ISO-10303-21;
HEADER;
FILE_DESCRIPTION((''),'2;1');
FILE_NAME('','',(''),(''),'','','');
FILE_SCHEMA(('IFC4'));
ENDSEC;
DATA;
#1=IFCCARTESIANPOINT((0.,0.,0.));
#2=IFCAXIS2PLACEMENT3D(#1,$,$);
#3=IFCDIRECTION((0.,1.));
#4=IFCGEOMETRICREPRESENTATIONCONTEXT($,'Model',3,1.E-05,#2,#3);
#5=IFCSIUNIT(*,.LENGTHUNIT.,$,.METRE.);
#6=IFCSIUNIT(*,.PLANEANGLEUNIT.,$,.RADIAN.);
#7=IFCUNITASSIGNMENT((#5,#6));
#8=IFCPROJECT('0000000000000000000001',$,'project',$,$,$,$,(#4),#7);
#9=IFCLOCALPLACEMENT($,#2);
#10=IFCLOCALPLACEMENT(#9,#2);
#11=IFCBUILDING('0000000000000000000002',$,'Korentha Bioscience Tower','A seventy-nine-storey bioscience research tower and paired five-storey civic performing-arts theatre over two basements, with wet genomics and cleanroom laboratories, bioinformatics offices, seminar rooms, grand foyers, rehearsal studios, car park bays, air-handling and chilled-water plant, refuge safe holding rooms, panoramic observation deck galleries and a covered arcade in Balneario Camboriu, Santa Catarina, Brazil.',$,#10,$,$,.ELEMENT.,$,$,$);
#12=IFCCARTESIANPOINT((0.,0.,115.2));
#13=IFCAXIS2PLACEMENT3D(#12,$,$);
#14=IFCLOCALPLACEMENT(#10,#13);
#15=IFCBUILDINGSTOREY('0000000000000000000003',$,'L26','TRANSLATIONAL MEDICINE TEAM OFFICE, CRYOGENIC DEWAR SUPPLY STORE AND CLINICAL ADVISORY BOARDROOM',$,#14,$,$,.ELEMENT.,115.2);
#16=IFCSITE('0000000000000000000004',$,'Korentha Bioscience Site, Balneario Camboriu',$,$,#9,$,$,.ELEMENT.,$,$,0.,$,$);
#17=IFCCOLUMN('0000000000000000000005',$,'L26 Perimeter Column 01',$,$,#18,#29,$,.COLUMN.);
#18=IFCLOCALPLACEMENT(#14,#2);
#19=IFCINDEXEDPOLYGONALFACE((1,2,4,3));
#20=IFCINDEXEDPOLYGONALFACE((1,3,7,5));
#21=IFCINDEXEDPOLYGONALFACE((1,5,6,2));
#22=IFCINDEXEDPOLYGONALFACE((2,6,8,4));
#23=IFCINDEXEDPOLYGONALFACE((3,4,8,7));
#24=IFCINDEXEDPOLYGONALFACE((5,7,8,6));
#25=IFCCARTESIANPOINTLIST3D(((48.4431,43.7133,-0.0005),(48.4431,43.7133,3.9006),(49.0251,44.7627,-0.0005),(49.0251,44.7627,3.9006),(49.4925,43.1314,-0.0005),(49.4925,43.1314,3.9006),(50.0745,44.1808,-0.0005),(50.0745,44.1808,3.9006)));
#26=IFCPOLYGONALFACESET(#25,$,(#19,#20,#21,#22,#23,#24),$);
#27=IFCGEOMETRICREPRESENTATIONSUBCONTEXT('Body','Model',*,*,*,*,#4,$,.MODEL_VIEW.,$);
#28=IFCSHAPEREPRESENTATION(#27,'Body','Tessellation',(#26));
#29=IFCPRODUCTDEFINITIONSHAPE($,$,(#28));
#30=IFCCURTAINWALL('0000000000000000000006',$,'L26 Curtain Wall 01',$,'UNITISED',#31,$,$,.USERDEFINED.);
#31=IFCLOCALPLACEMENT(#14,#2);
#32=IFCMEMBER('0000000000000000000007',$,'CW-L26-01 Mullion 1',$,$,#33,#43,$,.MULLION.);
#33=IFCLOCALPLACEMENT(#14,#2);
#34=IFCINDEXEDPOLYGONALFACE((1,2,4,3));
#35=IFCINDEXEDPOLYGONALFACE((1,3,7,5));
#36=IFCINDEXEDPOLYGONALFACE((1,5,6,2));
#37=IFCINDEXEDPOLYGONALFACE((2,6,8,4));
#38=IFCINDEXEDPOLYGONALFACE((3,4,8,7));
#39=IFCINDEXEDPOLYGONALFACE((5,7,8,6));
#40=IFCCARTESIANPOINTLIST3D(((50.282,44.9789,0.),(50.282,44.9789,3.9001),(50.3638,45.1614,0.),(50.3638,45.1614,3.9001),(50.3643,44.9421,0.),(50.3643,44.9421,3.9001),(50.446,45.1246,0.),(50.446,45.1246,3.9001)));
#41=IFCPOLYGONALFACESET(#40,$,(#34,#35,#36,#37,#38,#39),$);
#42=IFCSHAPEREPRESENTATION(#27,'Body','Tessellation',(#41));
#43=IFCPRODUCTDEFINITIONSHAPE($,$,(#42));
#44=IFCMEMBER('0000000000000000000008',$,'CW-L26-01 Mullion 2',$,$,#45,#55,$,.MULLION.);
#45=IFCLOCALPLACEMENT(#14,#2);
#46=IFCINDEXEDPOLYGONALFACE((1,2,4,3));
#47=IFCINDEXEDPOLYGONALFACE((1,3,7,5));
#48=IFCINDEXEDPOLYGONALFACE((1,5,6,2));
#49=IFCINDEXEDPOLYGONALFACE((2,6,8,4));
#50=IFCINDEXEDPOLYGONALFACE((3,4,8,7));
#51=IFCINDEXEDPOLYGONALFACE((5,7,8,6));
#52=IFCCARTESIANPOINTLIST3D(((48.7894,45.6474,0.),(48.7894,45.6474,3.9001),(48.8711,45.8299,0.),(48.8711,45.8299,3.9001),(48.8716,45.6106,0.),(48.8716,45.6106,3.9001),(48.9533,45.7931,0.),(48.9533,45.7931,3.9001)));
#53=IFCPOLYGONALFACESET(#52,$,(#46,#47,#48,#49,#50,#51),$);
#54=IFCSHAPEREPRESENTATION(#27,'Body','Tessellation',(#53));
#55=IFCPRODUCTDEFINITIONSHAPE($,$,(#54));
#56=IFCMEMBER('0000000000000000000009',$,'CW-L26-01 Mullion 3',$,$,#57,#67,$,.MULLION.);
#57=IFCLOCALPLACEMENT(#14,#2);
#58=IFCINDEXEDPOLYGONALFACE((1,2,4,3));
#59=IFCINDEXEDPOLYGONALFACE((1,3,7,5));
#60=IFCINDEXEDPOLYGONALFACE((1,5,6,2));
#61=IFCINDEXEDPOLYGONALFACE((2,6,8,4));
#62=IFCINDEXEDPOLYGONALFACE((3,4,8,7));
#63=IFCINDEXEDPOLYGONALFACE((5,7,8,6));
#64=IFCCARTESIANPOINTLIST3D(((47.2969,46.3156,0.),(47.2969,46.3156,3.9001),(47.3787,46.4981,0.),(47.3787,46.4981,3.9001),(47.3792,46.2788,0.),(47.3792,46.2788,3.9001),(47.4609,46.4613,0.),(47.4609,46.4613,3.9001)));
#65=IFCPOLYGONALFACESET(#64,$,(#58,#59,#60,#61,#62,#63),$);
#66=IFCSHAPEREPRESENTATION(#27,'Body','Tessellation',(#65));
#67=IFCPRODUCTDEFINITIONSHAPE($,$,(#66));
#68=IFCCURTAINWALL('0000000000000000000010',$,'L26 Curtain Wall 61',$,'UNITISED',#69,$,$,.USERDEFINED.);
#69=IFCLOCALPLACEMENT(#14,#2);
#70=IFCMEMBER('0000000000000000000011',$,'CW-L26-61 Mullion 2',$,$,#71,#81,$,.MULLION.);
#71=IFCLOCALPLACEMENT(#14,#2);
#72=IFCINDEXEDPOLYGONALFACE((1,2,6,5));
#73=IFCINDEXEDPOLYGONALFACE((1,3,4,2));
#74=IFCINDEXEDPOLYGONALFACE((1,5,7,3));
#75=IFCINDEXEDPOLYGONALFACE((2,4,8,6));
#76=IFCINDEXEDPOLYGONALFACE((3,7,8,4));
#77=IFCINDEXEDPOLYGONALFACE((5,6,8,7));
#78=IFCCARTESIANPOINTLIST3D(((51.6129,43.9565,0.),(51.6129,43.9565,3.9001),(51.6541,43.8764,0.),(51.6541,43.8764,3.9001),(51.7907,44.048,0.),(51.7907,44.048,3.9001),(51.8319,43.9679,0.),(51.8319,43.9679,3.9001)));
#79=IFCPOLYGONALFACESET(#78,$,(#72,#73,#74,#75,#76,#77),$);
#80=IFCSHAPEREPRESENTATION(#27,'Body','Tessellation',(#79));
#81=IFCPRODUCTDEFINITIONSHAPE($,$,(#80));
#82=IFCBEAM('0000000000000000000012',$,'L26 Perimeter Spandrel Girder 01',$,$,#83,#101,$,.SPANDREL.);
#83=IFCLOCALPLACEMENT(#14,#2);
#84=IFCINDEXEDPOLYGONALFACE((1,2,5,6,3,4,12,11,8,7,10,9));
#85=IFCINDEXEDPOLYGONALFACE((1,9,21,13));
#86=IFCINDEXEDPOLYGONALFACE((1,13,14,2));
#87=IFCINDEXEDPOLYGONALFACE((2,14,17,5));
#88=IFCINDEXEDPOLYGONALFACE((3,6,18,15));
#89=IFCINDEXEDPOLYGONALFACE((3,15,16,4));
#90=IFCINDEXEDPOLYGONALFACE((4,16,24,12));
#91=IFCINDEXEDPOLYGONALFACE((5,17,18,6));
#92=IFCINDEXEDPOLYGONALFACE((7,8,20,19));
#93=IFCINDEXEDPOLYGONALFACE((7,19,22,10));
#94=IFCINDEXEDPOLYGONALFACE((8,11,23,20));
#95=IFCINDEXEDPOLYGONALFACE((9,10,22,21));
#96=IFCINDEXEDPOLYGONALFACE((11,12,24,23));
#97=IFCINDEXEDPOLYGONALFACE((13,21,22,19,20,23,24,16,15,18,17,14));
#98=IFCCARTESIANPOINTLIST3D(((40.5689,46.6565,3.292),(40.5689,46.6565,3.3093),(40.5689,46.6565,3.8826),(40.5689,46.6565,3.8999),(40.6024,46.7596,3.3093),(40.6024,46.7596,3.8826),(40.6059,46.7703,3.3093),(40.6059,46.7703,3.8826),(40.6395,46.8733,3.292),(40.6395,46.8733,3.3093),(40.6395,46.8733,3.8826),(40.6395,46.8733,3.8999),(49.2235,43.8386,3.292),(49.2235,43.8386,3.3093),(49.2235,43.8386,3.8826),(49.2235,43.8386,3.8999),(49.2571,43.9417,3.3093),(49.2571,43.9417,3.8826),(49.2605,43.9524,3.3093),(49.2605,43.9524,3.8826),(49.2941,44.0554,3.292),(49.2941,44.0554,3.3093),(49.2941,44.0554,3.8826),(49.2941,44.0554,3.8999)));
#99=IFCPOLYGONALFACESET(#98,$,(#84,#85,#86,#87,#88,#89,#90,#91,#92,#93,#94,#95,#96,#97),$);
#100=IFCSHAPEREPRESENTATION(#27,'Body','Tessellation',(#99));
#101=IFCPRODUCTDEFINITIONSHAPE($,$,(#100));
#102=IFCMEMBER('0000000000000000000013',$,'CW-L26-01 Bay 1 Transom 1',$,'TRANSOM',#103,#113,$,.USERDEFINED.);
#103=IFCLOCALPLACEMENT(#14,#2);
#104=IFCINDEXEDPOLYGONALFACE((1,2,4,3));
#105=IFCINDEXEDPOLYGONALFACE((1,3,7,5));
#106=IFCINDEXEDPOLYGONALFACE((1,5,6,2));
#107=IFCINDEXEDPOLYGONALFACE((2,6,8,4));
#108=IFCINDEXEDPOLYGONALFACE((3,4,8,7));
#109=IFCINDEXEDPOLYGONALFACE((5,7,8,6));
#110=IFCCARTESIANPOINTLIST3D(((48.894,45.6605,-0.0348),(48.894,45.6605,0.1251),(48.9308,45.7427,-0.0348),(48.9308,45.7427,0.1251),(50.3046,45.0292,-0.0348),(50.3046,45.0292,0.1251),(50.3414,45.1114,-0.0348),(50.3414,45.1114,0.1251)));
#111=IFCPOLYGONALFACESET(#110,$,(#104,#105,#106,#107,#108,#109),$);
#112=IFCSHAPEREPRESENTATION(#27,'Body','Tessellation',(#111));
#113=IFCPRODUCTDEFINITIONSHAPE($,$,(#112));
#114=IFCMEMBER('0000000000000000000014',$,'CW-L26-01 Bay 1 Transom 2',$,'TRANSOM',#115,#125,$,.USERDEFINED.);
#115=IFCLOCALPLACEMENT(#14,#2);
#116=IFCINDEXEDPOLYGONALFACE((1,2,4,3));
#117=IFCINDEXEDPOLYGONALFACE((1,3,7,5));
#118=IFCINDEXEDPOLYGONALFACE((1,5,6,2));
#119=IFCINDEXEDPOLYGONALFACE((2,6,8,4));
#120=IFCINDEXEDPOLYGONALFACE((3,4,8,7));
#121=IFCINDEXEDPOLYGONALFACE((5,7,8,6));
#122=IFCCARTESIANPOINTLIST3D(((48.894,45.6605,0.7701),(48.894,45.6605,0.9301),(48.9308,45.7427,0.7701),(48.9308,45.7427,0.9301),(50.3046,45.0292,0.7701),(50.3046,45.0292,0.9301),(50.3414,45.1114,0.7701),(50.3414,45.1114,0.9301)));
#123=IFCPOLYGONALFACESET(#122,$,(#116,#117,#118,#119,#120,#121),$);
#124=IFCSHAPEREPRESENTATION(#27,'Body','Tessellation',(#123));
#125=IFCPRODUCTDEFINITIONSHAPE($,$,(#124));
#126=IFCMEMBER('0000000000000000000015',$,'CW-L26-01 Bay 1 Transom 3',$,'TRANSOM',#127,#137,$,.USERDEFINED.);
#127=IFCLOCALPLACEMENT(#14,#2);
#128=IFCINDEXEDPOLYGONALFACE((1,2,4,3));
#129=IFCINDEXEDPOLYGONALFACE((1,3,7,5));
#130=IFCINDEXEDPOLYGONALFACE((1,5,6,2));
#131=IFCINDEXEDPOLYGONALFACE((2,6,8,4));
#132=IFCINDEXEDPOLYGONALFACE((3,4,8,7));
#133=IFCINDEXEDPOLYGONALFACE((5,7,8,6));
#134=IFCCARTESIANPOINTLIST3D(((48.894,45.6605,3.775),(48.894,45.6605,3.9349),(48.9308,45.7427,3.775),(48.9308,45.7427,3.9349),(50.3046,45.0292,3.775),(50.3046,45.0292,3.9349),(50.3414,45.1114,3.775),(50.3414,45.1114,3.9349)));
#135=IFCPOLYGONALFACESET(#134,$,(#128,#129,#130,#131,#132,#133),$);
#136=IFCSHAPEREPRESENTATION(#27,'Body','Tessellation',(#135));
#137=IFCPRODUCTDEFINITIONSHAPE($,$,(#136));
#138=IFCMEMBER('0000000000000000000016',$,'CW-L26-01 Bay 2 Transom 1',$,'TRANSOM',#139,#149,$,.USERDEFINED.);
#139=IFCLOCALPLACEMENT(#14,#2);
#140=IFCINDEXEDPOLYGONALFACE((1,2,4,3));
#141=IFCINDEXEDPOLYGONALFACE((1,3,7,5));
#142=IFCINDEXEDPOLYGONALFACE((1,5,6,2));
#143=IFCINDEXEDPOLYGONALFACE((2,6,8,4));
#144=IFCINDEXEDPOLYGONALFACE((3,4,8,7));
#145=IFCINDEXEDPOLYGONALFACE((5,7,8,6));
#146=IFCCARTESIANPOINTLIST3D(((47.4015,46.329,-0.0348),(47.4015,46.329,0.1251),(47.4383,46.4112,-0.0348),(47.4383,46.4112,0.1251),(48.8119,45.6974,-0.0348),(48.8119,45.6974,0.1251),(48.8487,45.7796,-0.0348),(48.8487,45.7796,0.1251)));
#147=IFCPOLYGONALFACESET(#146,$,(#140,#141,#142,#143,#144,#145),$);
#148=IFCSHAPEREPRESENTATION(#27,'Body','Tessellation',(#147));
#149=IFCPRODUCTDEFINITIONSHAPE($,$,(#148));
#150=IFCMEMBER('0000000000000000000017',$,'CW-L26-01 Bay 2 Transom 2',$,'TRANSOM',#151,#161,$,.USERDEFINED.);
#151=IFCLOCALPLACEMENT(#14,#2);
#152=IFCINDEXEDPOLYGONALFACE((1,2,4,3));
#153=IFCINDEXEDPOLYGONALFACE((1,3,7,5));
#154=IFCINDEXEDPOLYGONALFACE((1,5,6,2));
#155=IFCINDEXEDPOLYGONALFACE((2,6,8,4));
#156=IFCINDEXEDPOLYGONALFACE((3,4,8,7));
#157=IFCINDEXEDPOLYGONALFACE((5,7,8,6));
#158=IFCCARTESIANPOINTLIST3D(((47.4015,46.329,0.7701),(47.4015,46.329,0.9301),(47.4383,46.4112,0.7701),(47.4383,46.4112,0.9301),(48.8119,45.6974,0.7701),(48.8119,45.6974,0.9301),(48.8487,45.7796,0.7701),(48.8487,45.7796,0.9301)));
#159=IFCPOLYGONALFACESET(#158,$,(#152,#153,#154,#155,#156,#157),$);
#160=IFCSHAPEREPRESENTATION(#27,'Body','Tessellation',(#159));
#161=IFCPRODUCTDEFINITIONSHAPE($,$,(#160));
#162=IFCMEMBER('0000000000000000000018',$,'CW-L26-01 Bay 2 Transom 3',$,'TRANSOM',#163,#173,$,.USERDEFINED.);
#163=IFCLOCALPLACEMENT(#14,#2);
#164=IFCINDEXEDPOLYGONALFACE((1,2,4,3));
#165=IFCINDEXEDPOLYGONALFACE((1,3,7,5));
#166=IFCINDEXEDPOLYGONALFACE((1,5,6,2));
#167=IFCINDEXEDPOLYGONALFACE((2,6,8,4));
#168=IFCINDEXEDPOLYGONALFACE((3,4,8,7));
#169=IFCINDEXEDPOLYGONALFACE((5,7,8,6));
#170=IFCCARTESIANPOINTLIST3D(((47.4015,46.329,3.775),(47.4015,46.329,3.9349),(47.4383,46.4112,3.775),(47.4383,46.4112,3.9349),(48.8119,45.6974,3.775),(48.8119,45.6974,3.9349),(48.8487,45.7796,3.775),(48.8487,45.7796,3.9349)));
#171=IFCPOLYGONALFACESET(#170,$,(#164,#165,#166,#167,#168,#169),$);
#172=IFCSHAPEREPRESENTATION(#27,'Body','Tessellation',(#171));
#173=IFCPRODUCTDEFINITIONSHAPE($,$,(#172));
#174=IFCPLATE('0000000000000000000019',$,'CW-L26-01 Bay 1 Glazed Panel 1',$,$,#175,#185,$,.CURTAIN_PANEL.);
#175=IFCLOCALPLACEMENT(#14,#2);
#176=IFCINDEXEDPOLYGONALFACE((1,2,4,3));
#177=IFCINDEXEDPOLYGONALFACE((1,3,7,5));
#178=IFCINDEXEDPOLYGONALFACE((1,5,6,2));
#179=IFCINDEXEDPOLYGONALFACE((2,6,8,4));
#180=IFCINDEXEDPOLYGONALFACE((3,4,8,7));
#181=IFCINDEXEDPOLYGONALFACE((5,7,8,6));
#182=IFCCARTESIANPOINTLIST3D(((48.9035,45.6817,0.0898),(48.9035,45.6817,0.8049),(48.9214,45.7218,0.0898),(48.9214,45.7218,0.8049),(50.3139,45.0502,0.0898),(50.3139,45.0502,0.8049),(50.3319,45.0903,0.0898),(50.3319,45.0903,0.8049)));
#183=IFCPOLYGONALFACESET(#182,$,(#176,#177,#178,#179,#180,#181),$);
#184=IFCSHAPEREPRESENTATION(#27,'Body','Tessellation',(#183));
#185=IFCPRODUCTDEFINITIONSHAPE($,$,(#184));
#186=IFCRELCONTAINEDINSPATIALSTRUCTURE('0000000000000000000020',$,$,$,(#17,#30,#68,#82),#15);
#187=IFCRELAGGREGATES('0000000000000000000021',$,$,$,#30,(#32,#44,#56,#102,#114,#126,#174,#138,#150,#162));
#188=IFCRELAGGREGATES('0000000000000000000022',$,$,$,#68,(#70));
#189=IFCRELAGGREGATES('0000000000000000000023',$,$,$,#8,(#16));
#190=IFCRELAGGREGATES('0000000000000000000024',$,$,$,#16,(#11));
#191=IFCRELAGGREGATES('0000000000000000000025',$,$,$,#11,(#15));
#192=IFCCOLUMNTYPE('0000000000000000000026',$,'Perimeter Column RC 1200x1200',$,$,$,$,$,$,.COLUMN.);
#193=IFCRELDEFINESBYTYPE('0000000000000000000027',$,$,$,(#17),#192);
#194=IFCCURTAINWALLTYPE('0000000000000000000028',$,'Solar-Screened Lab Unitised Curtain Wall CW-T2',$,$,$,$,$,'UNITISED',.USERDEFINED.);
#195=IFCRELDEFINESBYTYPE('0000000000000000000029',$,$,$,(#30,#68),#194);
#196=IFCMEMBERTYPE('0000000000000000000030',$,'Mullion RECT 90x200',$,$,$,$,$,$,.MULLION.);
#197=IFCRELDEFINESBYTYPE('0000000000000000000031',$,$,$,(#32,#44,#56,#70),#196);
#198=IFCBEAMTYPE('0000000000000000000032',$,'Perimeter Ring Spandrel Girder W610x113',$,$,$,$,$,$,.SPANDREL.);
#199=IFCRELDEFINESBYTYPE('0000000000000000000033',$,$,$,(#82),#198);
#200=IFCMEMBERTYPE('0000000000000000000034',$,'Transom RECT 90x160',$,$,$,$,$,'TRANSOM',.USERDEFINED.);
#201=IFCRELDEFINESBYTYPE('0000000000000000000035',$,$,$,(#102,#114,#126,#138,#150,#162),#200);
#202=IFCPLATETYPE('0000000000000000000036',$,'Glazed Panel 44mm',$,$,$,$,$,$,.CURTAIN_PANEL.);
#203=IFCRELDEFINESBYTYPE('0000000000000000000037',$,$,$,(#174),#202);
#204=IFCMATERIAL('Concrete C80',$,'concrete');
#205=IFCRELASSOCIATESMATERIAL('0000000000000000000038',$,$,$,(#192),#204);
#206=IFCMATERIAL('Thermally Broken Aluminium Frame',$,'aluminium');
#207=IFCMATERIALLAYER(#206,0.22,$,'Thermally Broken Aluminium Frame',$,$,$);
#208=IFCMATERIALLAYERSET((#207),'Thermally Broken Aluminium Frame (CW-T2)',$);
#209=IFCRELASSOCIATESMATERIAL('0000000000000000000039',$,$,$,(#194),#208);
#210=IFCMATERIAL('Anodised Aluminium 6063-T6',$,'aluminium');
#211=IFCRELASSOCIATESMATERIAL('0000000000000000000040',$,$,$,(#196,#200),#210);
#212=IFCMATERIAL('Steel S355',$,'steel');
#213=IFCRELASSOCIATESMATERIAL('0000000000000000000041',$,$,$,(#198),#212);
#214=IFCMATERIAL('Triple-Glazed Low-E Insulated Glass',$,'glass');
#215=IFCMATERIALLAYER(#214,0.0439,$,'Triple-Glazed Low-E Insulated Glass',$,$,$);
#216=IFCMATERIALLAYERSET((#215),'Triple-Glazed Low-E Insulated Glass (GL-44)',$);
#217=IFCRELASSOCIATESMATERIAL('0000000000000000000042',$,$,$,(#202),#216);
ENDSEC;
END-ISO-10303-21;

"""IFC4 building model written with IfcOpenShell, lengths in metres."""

from ifc_helpers import new_model, si_unit, direction, frame, origin, origin_2d, place, context, subcontext, project, spatial, rectangle, i_section, extrude, material, layer, layer_set, material_profile, profile_set, type_object, element, aggregate, save


model = new_model("IFC4")

# Units and contexts
model_context = context("Model", 3, precision=1e-05, world=origin(), true_north=direction((0.0, 1.0)))
body_context = subcontext(model_context, "Body", "Model", "MODEL_VIEW")
ifc_project = project(units=[si_unit("LENGTHUNIT", "METRE"), si_unit("PLANEANGLEUNIT", "RADIAN")], contexts=[model_context])

# Site, building, storey
site_placement = place(None, origin())
site = spatial("IfcSite", under=ifc_project, at=site_placement, Name="Korentha Bioscience Site, Balneario Camboriu", CompositionType="ELEMENT", RefElevation=0.0)
building_placement = place(site_placement, origin())
building = spatial("IfcBuilding", under=site, at=building_placement, Name="Korentha Bioscience Tower", Description="A seventy-nine-storey bioscience research tower and paired five-storey civic performing-arts theatre over two basements, with wet genomics and cleanroom laboratories, bioinformatics offices, seminar rooms, grand foyers, rehearsal studios, car park bays, air-handling and chilled-water plant, refuge safe holding rooms, panoramic observation deck galleries and a covered arcade in Balneario Camboriu, Santa Catarina, Brazil.", CompositionType="ELEMENT")
storey_placement = place(building_placement, frame((0.0, 0.0, 115.2)))
storey = spatial("IfcBuildingStorey", under=building, at=storey_placement, Name="L26", Description="TRANSLATIONAL MEDICINE TEAM OFFICE, CRYOGENIC DEWAR SUPPLY STORE AND CLINICAL ADVISORY BOARDROOM", CompositionType="ELEMENT", Elevation=115.2)

# Column
ifc_material_1 = material(Name="Concrete C80", Category="concrete")
ifc_material_profile_1 = material_profile(ifc_material_1, rectangle(XDim=1.2, YDim=1.2, at=origin_2d()), Name="Concrete C80")
ifc_profile_set_1 = profile_set([ifc_material_profile_1], Name="Concrete C80 (COL-P12)")
column_type = type_object("IfcColumnType", Name="Perimeter Column RC 1200x1200", PredefinedType="COLUMN", material=ifc_profile_set_1)
column_placement = place(storey_placement, frame((49.2588, 43.947, -0.0005), z_axis=(0.0, 0.0, 1.0), x_axis=(-0.874535, 0.484962, 0.0)))
element("IfcColumn", 1, at=column_placement, inside=storey, type_object=column_type, Name="L26 Perimeter Column 01", PredefinedType="COLUMN", context=body_context, shape_type="SweptSolid", body=[
    extrude(rectangle(XDim=1.2, YDim=1.2, at=origin_2d()), origin(), (0.0, 0.0, 1.0), 3.9011),
])

# Curtain wall, members
ifc_material_2 = material(Name="Thermally Broken Aluminium Frame", Category="aluminium")
ifc_layer_1 = layer(ifc_material_2, 0.22, Name="Thermally Broken Aluminium Frame")
ifc_layer_set_1 = layer_set([ifc_layer_1], Name="Thermally Broken Aluminium Frame (CW-T2)")
curtain_wall_type = type_object("IfcCurtainWallType", Name="Solar-Screened Lab Unitised Curtain Wall CW-T2", ElementType="UNITISED", PredefinedType="USERDEFINED", material=ifc_layer_set_1)
curtain_wall_1_placement = place(storey_placement, origin())
curtain_wall_1 = element("IfcCurtainWall", 2, at=curtain_wall_1_placement, inside=storey, type_object=curtain_wall_type, Name="L26 Curtain Wall 01", ObjectType="UNITISED", PredefinedType="USERDEFINED")
ifc_material_3 = material(Name="Anodised Aluminium 6063-T6", Category="aluminium")
ifc_material_profile_2 = material_profile(ifc_material_3, rectangle(XDim=0.0901, YDim=0.2, at=origin_2d()), Name="Anodised Aluminium 6063-T6")
ifc_profile_set_2 = profile_set([ifc_material_profile_2], Name="Anodised Aluminium 6063-T6 (CW-MUL)")
member_type_1 = type_object("IfcMemberType", Name="Mullion RECT 90x200", PredefinedType="MULLION", material=ifc_profile_set_2)
member_1_placement = place(storey_placement, frame((50.364, 45.0518, 0.0), z_axis=(0.0, 0.0, 1.0), x_axis=(-0.912687, 0.40866, 0.0)))
member_1 = element("IfcMember", 3, at=member_1_placement, type_object=member_type_1, Name="CW-L26-01 Mullion 1", PredefinedType="MULLION", context=body_context, shape_type="SweptSolid", body=[
    extrude(rectangle(XDim=0.0901, YDim=0.2, at=origin_2d()), origin(), (0.0, 0.0, 1.0), 3.9001),
])
member_2_placement = place(storey_placement, frame((48.8713, 45.7202, 0.0), z_axis=(0.0, 0.0, 1.0), x_axis=(-0.912687, 0.40866, 0.0)))
member_2 = element("IfcMember", 4, at=member_2_placement, type_object=member_type_1, Name="CW-L26-01 Mullion 2", PredefinedType="MULLION", context=body_context, shape_type="SweptSolid", body=[
    extrude(rectangle(XDim=0.0901, YDim=0.2, at=origin_2d()), origin(), (0.0, 0.0, 1.0), 3.9001),
])
member_3_placement = place(storey_placement, frame((47.3789, 46.3884, 0.0), z_axis=(0.0, 0.0, 1.0), x_axis=(-0.912687, 0.40866, 0.0)))
member_3 = element("IfcMember", 5, at=member_3_placement, type_object=member_type_1, Name="CW-L26-01 Mullion 3", PredefinedType="MULLION", context=body_context, shape_type="SweptSolid", body=[
    extrude(rectangle(XDim=0.0901, YDim=0.2, at=origin_2d()), origin(), (0.0, 0.0, 1.0), 3.9001),
])

# Curtain wall, member
curtain_wall_2_placement = place(storey_placement, origin())
curtain_wall_2 = element("IfcCurtainWall", 6, at=curtain_wall_2_placement, inside=storey, type_object=curtain_wall_type, Name="L26 Curtain Wall 61", ObjectType="UNITISED", PredefinedType="USERDEFINED")
member_4_placement = place(storey_placement, frame((51.7224, 43.9622, 0.0), z_axis=(0.0, 0.0, 1.0), x_axis=(-0.457613, 0.889151, 0.0)))
member_4 = element("IfcMember", 7, at=member_4_placement, type_object=member_type_1, Name="CW-L26-61 Mullion 2", PredefinedType="MULLION", context=body_context, shape_type="SweptSolid", body=[
    extrude(rectangle(XDim=0.0901, YDim=0.2, at=origin_2d()), origin(), (0.0, 0.0, 1.0), 3.9001),
])

# Beam
ifc_material_4 = material(Name="Steel S355", Category="steel")
ifc_material_profile_3 = material_profile(ifc_material_4, i_section(OverallWidth=0.228, OverallDepth=0.6079, WebThickness=0.0112, FlangeThickness=0.0173, at=origin_2d()), Name="Steel S355")
ifc_profile_set_3 = profile_set([ifc_material_profile_3], Name="Steel S355 (SB-610)")
beam_type = type_object("IfcBeamType", Name="Perimeter Ring Spandrel Girder W610x113", PredefinedType="SPANDREL", material=ifc_profile_set_3)
beam_placement = place(storey_placement, frame((49.2588, 43.947, 3.5959), z_axis=(-0.950868, 0.309597, 0.0), x_axis=(-0.309597, -0.950868, 0.0)))
element("IfcBeam", 8, at=beam_placement, inside=storey, type_object=beam_type, Name="L26 Perimeter Spandrel Girder 01", PredefinedType="SPANDREL", context=body_context, shape_type="SweptSolid", body=[
    extrude(i_section(OverallWidth=0.228, OverallDepth=0.6079, WebThickness=0.0112, FlangeThickness=0.0173, at=origin_2d()), origin(), (0.0, 0.0, 1.0), 9.1018),
])

# Members
ifc_material_profile_4 = material_profile(ifc_material_3, rectangle(XDim=0.0901, YDim=0.1599, at=origin_2d()), Name="Anodised Aluminium 6063-T6")
ifc_profile_set_4 = profile_set([ifc_material_profile_4], Name="Anodised Aluminium 6063-T6 (CW-TRN)")
member_type_2 = type_object("IfcMemberType", Name="Transom RECT 90x160", ElementType="TRANSOM", PredefinedType="USERDEFINED", material=ifc_profile_set_4)
member_5_placement = place(storey_placement, frame((50.323, 45.0703, 0.0452), z_axis=(-0.912753, 0.408512, 0.0), x_axis=(-0.408512, -0.912753, 0.0)))
member_5 = element("IfcMember", 9, at=member_5_placement, type_object=member_type_2, Name="CW-L26-01 Bay 1 Transom 1", ObjectType="TRANSOM", PredefinedType="USERDEFINED", context=body_context, shape_type="SweptSolid", body=[
    extrude(rectangle(XDim=0.0901, YDim=0.1599, at=origin_2d()), origin(), (0.0, 0.0, 1.0), 1.5454),
])
member_6_placement = place(storey_placement, frame((50.323, 45.0703, 0.8501), z_axis=(-0.912753, 0.408512, 0.0), x_axis=(-0.408512, -0.912753, 0.0)))
member_6 = element("IfcMember", 10, at=member_6_placement, type_object=member_type_2, Name="CW-L26-01 Bay 1 Transom 2", ObjectType="TRANSOM", PredefinedType="USERDEFINED", context=body_context, shape_type="SweptSolid", body=[
    extrude(rectangle(XDim=0.0901, YDim=0.1599, at=origin_2d()), origin(), (0.0, 0.0, 1.0), 1.5454),
])
member_7_placement = place(storey_placement, frame((50.323, 45.0703, 3.855), z_axis=(-0.912753, 0.408512, 0.0), x_axis=(-0.408512, -0.912753, 0.0)))
member_7 = element("IfcMember", 11, at=member_7_placement, type_object=member_type_2, Name="CW-L26-01 Bay 1 Transom 3", ObjectType="TRANSOM", PredefinedType="USERDEFINED", context=body_context, shape_type="SweptSolid", body=[
    extrude(rectangle(XDim=0.0901, YDim=0.1599, at=origin_2d()), origin(), (0.0, 0.0, 1.0), 1.5454),
])
member_8_placement = place(storey_placement, frame((48.8303, 45.7385, 0.0452), z_axis=(-0.912668, 0.408702, 0.0), x_axis=(-0.408702, -0.912668, 0.0)))
member_8 = element("IfcMember", 12, at=member_8_placement, type_object=member_type_2, Name="CW-L26-01 Bay 2 Transom 1", ObjectType="TRANSOM", PredefinedType="USERDEFINED", context=body_context, shape_type="SweptSolid", body=[
    extrude(rectangle(XDim=0.0901, YDim=0.1599, at=origin_2d()), origin(), (0.0, 0.0, 1.0), 1.5454),
])
member_9_placement = place(storey_placement, frame((48.8303, 45.7385, 0.8501), z_axis=(-0.912668, 0.408702, 0.0), x_axis=(-0.408702, -0.912668, 0.0)))
member_9 = element("IfcMember", 13, at=member_9_placement, type_object=member_type_2, Name="CW-L26-01 Bay 2 Transom 2", ObjectType="TRANSOM", PredefinedType="USERDEFINED", context=body_context, shape_type="SweptSolid", body=[
    extrude(rectangle(XDim=0.0901, YDim=0.1599, at=origin_2d()), origin(), (0.0, 0.0, 1.0), 1.5454),
])
member_10_placement = place(storey_placement, frame((48.8303, 45.7385, 3.855), z_axis=(-0.912668, 0.408702, 0.0), x_axis=(-0.408702, -0.912668, 0.0)))
member_10 = element("IfcMember", 14, at=member_10_placement, type_object=member_type_2, Name="CW-L26-01 Bay 2 Transom 3", ObjectType="TRANSOM", PredefinedType="USERDEFINED", context=body_context, shape_type="SweptSolid", body=[
    extrude(rectangle(XDim=0.0901, YDim=0.1599, at=origin_2d()), origin(), (0.0, 0.0, 1.0), 1.5454),
])

# Plate
ifc_material_5 = material(Name="Triple-Glazed Low-E Insulated Glass", Category="glass")
ifc_layer_2 = layer(ifc_material_5, 0.0439, Name="Triple-Glazed Low-E Insulated Glass")
ifc_layer_set_2 = layer_set([ifc_layer_2], Name="Triple-Glazed Low-E Insulated Glass (GL-44)")
plate_type = type_object("IfcPlateType", Name="Glazed Panel 44mm", PredefinedType="CURTAIN_PANEL", material=ifc_layer_set_2)
plate_1_placement = place(storey_placement, frame((49.6177, 45.386, 0.0898), z_axis=(0.0, 0.0, 1.0), x_axis=(-0.912687, 0.40866, 0.0)))
plate_1 = element("IfcPlate", 15, at=plate_1_placement, type_object=plate_type, Name="CW-L26-01 Bay 1 Glazed Panel 1", PredefinedType="CURTAIN_PANEL", context=body_context, shape_type="SweptSolid", body=[
    extrude(rectangle(XDim=1.5454, YDim=0.0439, at=origin_2d()), origin(), (0.0, 0.0, 1.0), 0.7151),
])
aggregate(curtain_wall_1, [member_1, member_2, member_3, member_5, member_6, member_7, plate_1, member_8, member_9, member_10])
aggregate(curtain_wall_2, [member_4])

save(model, "model.ifc")
